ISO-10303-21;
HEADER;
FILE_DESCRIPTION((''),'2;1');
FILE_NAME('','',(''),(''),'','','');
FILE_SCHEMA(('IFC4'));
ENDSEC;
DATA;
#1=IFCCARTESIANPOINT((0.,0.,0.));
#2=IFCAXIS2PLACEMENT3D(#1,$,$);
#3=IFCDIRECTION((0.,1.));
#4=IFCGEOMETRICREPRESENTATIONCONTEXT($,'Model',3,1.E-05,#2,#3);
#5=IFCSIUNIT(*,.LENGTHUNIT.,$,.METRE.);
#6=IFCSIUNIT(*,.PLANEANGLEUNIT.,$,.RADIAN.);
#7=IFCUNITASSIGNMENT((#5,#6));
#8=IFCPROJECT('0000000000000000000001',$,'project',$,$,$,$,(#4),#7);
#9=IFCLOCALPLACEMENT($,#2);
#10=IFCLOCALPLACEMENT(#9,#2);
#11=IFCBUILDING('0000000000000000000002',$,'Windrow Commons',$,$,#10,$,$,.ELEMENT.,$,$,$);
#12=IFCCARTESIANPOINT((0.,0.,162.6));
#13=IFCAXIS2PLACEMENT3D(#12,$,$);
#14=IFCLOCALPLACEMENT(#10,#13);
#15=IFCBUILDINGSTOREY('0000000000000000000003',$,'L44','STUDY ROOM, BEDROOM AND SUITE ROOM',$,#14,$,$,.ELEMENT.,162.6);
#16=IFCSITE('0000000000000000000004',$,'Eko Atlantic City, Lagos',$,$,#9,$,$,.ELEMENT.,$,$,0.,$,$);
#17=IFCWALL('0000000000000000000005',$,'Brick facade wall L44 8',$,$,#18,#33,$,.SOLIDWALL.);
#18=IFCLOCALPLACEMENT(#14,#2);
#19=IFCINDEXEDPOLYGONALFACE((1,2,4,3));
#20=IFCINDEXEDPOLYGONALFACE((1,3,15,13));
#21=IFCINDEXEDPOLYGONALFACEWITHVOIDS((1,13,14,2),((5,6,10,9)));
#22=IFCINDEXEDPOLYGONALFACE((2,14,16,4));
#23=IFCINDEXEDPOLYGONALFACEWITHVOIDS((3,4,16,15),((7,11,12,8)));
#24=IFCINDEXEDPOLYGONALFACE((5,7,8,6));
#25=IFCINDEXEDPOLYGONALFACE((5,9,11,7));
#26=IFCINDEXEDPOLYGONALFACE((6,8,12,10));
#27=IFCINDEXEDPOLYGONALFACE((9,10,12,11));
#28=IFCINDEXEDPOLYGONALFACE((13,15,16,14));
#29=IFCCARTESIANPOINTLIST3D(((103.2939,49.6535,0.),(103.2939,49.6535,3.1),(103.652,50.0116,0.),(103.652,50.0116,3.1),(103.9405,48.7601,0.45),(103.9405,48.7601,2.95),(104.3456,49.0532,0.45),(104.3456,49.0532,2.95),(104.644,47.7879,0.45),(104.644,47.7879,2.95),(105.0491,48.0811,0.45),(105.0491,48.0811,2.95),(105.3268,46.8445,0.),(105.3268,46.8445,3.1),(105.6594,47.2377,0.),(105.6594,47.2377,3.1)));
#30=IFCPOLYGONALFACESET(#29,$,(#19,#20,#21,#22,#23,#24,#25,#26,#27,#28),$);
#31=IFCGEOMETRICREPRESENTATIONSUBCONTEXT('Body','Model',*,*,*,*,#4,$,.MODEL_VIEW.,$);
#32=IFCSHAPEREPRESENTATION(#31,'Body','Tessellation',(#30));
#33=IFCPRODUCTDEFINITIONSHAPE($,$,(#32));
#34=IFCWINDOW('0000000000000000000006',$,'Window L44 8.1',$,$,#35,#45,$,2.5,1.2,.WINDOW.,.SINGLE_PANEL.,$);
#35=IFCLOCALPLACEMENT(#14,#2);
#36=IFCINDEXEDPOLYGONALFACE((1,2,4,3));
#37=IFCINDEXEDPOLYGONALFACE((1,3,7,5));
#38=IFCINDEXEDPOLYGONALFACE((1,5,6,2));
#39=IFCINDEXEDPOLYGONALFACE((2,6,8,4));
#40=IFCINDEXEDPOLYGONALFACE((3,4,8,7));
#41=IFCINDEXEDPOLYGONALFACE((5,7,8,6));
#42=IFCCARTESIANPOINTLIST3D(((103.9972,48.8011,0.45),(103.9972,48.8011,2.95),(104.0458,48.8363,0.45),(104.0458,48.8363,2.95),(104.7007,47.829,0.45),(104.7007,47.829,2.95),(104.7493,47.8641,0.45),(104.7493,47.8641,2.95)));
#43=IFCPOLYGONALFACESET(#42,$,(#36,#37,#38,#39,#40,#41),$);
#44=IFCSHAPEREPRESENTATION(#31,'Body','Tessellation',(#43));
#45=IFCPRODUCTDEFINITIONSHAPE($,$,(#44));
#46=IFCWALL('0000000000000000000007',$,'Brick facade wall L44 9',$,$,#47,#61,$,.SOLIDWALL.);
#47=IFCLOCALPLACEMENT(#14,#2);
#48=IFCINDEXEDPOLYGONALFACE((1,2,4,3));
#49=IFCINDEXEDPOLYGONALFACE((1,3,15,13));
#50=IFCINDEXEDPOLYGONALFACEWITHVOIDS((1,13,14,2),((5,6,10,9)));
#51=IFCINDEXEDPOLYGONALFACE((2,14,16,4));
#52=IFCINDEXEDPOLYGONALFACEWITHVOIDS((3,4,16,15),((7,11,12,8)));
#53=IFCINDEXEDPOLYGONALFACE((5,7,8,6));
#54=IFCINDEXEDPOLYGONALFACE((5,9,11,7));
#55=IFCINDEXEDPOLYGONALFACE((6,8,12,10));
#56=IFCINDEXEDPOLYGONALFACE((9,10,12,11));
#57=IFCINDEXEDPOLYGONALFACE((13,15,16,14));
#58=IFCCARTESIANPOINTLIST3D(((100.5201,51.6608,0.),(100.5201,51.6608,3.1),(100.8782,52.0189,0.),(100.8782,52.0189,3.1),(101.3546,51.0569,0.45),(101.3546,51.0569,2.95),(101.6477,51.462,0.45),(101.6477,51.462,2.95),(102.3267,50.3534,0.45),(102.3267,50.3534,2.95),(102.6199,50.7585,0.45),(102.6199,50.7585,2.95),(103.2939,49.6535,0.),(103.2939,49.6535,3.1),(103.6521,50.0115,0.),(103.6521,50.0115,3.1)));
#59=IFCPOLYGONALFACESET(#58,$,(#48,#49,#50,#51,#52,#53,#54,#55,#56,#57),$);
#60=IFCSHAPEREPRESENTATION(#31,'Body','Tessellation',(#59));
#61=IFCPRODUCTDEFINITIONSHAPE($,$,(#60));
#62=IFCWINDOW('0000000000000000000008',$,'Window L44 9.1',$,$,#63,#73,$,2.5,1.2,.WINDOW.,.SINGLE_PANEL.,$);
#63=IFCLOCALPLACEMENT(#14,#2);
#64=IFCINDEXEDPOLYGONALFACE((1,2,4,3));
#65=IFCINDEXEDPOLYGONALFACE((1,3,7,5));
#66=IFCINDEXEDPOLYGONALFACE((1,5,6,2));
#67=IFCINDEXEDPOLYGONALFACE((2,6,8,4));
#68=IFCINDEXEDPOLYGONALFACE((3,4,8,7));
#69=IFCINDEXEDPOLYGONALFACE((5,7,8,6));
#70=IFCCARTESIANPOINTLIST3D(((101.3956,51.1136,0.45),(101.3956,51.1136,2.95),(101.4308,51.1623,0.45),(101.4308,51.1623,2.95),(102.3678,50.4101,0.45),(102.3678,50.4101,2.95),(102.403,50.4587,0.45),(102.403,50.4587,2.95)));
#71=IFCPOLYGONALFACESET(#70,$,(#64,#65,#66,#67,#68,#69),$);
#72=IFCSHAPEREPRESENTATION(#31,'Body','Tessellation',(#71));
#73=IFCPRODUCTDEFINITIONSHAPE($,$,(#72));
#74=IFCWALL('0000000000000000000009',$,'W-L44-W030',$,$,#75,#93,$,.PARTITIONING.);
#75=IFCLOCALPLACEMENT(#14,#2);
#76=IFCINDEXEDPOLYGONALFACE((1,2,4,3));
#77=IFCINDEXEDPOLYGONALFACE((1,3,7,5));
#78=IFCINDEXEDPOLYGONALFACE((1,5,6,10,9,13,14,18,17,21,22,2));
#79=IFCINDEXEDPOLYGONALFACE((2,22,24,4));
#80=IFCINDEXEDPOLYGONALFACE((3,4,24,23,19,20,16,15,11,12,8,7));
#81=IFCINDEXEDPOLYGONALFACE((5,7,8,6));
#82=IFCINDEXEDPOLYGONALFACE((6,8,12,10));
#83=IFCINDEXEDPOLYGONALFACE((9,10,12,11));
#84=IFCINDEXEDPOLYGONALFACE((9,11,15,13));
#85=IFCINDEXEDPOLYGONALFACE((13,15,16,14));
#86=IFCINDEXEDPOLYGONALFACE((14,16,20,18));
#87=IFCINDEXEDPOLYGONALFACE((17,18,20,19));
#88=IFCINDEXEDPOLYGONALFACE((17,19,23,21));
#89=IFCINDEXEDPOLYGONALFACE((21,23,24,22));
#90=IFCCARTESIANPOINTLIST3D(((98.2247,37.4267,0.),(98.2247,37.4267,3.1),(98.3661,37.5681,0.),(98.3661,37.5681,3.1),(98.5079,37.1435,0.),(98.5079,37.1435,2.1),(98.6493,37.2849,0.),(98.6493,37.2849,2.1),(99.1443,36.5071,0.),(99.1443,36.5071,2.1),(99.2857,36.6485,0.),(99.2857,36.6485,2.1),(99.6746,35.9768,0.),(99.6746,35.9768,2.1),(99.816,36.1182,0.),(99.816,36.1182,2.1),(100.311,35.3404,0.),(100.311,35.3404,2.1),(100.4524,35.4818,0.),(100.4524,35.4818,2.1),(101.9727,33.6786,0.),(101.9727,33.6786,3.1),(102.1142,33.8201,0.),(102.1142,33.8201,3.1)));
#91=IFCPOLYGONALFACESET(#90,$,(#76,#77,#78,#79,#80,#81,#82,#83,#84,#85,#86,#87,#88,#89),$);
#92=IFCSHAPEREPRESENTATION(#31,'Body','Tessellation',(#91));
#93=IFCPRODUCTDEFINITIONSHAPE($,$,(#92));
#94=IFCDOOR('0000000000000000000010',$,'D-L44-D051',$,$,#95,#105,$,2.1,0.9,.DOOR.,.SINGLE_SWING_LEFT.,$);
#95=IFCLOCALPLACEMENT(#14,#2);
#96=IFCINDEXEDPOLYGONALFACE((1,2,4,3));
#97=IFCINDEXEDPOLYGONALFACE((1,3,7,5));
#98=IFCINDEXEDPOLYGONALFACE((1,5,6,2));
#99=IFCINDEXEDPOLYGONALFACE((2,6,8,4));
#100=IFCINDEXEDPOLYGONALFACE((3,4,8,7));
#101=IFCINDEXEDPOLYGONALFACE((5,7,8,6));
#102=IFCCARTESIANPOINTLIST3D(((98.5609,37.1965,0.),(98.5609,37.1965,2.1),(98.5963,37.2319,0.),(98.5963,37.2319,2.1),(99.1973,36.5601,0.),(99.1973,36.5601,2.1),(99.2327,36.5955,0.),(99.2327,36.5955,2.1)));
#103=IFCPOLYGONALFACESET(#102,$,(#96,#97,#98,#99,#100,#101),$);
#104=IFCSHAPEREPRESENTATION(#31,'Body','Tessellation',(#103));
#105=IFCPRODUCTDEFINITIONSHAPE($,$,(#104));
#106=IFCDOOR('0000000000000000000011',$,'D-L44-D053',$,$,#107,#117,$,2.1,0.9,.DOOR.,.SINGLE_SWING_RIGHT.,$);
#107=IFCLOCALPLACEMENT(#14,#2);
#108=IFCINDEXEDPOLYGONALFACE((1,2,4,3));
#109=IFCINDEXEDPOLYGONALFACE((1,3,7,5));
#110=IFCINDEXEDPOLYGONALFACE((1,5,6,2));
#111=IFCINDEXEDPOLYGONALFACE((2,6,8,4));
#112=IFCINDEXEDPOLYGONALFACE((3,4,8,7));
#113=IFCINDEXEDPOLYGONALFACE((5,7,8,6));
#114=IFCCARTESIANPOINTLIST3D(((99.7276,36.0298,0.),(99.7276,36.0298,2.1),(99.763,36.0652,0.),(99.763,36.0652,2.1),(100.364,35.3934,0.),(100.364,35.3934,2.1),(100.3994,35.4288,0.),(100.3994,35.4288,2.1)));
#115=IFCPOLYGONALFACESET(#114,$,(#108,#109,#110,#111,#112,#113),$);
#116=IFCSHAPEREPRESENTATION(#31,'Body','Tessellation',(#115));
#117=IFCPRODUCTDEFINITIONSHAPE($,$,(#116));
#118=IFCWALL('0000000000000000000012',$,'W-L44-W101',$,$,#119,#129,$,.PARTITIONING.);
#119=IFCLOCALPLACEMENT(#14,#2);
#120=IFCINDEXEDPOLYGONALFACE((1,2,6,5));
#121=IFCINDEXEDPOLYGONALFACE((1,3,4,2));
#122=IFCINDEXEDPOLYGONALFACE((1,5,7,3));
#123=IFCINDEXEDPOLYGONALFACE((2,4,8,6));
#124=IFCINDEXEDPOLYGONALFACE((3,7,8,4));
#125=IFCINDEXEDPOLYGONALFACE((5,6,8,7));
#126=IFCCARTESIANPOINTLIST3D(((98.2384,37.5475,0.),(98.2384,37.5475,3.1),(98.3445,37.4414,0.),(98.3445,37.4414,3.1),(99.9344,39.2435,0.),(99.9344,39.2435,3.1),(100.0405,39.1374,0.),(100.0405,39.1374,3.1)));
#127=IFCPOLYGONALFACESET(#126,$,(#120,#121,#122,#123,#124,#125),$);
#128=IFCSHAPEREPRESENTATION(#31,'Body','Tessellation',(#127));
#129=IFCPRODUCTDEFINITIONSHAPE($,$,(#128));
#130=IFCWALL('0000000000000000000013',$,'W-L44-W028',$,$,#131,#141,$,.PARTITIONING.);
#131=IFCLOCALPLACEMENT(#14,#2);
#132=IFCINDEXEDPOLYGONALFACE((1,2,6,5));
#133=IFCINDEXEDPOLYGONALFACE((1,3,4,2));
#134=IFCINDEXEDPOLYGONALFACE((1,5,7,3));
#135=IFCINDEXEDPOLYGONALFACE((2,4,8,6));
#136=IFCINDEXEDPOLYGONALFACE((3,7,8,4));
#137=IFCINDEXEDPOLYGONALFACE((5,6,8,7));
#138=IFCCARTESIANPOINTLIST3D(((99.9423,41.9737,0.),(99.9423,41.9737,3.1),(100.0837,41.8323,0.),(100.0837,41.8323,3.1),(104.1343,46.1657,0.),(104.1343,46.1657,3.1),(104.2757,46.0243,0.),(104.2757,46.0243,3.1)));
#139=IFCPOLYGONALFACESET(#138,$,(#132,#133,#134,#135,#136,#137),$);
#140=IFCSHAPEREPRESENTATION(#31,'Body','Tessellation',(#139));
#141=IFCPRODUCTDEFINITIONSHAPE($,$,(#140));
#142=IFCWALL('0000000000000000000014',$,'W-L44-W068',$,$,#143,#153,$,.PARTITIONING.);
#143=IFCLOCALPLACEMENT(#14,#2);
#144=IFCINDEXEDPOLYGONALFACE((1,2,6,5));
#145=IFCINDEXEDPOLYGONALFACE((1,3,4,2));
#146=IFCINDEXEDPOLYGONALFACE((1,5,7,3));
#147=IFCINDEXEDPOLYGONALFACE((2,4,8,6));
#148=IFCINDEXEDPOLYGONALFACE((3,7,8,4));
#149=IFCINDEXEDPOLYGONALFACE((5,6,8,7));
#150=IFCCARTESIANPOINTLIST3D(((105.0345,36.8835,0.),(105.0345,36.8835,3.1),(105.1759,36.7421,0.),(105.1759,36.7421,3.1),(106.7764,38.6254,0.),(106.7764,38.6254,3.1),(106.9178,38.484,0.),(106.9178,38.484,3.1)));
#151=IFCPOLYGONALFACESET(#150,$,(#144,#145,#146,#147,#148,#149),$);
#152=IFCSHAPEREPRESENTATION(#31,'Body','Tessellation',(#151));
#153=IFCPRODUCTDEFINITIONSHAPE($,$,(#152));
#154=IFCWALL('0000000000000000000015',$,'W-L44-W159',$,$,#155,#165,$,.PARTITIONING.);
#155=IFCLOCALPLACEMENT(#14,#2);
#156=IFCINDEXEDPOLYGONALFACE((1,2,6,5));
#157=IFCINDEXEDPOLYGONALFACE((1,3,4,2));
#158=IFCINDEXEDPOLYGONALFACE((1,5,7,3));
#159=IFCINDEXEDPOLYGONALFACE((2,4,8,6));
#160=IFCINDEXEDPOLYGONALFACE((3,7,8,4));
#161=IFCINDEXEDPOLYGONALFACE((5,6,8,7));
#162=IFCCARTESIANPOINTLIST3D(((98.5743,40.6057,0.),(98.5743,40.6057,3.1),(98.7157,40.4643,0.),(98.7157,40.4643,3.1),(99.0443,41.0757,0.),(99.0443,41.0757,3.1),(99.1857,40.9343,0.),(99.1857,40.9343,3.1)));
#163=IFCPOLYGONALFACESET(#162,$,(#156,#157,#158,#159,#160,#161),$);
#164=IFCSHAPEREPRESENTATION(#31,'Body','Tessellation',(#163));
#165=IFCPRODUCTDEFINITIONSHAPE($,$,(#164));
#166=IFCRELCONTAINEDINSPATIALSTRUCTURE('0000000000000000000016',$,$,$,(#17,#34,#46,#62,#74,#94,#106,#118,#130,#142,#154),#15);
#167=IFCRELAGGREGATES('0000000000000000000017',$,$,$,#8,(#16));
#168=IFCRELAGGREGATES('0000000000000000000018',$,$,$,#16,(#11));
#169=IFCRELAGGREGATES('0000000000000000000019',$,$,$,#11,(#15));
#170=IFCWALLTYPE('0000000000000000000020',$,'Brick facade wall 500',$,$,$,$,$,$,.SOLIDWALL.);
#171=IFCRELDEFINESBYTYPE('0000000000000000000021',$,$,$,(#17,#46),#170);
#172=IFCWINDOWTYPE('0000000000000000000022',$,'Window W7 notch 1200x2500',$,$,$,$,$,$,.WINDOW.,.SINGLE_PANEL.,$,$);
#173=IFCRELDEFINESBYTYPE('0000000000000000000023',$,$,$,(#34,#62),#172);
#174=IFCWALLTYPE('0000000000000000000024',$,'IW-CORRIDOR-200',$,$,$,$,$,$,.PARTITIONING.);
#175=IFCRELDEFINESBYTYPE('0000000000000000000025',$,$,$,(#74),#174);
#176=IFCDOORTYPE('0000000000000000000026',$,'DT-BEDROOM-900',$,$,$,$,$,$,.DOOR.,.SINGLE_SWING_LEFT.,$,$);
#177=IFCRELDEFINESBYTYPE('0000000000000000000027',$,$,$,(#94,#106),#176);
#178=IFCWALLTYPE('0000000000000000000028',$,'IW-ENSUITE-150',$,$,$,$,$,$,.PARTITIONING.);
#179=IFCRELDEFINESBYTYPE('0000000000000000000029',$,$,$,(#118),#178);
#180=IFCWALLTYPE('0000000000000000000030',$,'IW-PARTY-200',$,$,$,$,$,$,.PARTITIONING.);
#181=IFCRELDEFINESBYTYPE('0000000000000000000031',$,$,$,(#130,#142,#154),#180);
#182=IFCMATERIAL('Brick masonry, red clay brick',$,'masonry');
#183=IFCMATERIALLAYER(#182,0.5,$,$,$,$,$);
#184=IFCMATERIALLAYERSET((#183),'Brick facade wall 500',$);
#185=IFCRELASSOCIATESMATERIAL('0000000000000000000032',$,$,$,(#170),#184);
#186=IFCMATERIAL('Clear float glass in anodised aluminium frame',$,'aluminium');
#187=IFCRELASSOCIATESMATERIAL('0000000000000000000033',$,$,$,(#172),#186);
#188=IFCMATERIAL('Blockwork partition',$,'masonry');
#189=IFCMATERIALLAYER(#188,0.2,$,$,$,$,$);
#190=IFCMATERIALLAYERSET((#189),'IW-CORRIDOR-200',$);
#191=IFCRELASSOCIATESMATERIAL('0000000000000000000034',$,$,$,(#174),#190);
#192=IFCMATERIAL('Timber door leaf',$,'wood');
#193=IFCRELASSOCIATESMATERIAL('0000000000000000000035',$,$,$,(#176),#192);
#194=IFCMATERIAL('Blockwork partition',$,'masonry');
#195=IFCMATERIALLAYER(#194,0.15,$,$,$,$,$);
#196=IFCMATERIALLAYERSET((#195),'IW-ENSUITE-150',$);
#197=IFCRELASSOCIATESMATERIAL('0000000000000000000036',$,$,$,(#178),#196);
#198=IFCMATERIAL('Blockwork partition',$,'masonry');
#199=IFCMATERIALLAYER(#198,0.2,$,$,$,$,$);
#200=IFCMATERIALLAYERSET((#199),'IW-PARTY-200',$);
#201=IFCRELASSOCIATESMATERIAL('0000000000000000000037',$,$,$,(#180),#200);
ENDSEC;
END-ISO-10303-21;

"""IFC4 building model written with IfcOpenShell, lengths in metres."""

from ifc_helpers import new_model, si_unit, direction, frame, frame_2d, origin, place, context, subcontext, project, spatial, polyline, rectangle, outline, extrude, material, layer, layer_set, type_object, element, fill, save


model = new_model("IFC4")

# Units and contexts
model_context = context("Model", 3, precision=1e-05, world=origin(), true_north=direction((0.0, 1.0)))
body_context = subcontext(model_context, "Body", "Model", "MODEL_VIEW")
ifc_project = project(units=[si_unit("LENGTHUNIT", "METRE"), si_unit("PLANEANGLEUNIT", "RADIAN")], contexts=[model_context])

# Site, building, storey
site_placement = place(None, origin())
site = spatial("IfcSite", under=ifc_project, at=site_placement, Name="Eko Atlantic City, Lagos", CompositionType="ELEMENT", RefElevation=0.0)
building_placement = place(site_placement, origin())
building = spatial("IfcBuilding", under=site, at=building_placement, Name="Windrow Commons", CompositionType="ELEMENT")
storey_placement = place(building_placement, frame((0.0, 0.0, 162.6)))
storey = spatial("IfcBuildingStorey", under=building, at=storey_placement, Name="L44", Description="STUDY ROOM, BEDROOM AND SUITE ROOM", CompositionType="ELEMENT", Elevation=162.6)

# Shared definitions
ifc_material_1 = material(Name="Brick masonry, red clay brick", Category="masonry")
ifc_layer_1 = layer(ifc_material_1, 0.5)
ifc_layer_set_1 = layer_set([ifc_layer_1], Name="Brick facade wall 500")
wall_type_1 = type_object("IfcWallType", Name="Brick facade wall 500", PredefinedType="SOLIDWALL", material=ifc_layer_set_1)

# Walls, openings, windows
ifc_material_2 = material(Name="Clear float glass in anodised aluminium frame", Category="aluminium")
window_type_1 = type_object("IfcWindowType", Name="Window W7 notch 1200x2500", PartitioningType="SINGLE_PANEL", PredefinedType="WINDOW", material=ifc_material_2)
wall_1_placement = place(storey_placement, frame((105.4931, 47.0411, 0.0), z_axis=(0.0, 0.0, 1.0), x_axis=(-0.58627, 0.810116, 0.0)))
wall_1 = element("IfcWall", 1, at=wall_1_placement, inside=storey, type_object=wall_type_1, Name="Brick facade wall L44 8", PredefinedType="SOLIDWALL", context=body_context, shape_type="SweptSolid", body=[
    extrude(outline(polyline([(0.0618, -0.25), (3.4858, -0.25), (3.4057, 0.25), (-0.0618, 0.25), (0.0618, -0.25)])), origin(), (0.0, 0.0, 1.0), 3.1),
])
opening_1_placement = place(wall_1_placement, frame((1.1028, 0.0, 0.45)))
opening_1 = element("IfcOpeningElement", 2, at=opening_1_placement, cuts=wall_1, PredefinedType="OPENING", context=body_context, shape_type="SweptSolid", body=[
    extrude(rectangle(XDim=1.2, YDim=2.5, at=frame_2d((0.6, 1.25))), frame((0.0, 0.26, 0.0), z_axis=(0.0, -1.0, 0.0), x_axis=(1.0, 0.0, 0.0)), (0.0, 0.0, 1.0), 0.52),
])
window_1_placement = place(opening_1_placement, origin())
window_1 = element("IfcWindow", 3, at=window_1_placement, inside=storey, type_object=window_type_1, Name="Window L44 8.1", OverallHeight=2.5, OverallWidth=1.2, PartitioningType="SINGLE_PANEL", PredefinedType="WINDOW", context=body_context, shape_type="SweptSolid", body=[
    extrude(rectangle(XDim=1.2, YDim=2.5, at=frame_2d((0.6, 1.25))), frame((0.0, 0.18, 0.0), z_axis=(0.0, -1.0, 0.0), x_axis=(1.0, 0.0, 0.0)), (0.0, 0.0, 1.0), 0.06),
])
fill(opening_1, window_1)
wall_2_placement = place(storey_placement, frame((103.473, 49.8325, 0.0), z_axis=(0.0, 0.0, 1.0), x_axis=(-0.810121, 0.586263, 0.0)))
wall_2 = element("IfcWall", 4, at=wall_2_placement, inside=storey, type_object=wall_type_1, Name="Brick facade wall L44 9", PredefinedType="SOLIDWALL", context=body_context, shape_type="SweptSolid", body=[
    extrude(outline(polyline([(-0.0401, -0.25), (3.3839, -0.25), (3.4641, 0.25), (0.0401, 0.25), (-0.0401, -0.25)])), origin(), (0.0, 0.0, 1.0), 3.1),
])
opening_2_placement = place(wall_2_placement, frame((1.234, 0.0, 0.45)))
opening_2 = element("IfcOpeningElement", 5, at=opening_2_placement, cuts=wall_2, PredefinedType="OPENING", context=body_context, shape_type="SweptSolid", body=[
    extrude(rectangle(XDim=1.2, YDim=2.5, at=frame_2d((0.6, 1.25))), frame((0.0, 0.26, 0.0), z_axis=(0.0, -1.0, 0.0), x_axis=(1.0, 0.0, 0.0)), (0.0, 0.0, 1.0), 0.52),
])
window_2_placement = place(opening_2_placement, origin())
window_2 = element("IfcWindow", 6, at=window_2_placement, inside=storey, type_object=window_type_1, Name="Window L44 9.1", OverallHeight=2.5, OverallWidth=1.2, PartitioningType="SINGLE_PANEL", PredefinedType="WINDOW", context=body_context, shape_type="SweptSolid", body=[
    extrude(rectangle(XDim=1.2, YDim=2.5, at=frame_2d((0.6, 1.25))), frame((0.0, 0.18, 0.0), z_axis=(0.0, -1.0, 0.0), x_axis=(1.0, 0.0, 0.0)), (0.0, 0.0, 1.0), 0.06),
])
fill(opening_2, window_2)

# Wall, openings, doors
ifc_material_3 = material(Name="Blockwork partition", Category="masonry")
ifc_layer_2 = layer(ifc_material_3, 0.2)
ifc_layer_set_2 = layer_set([ifc_layer_2], Name="IW-CORRIDOR-200")
wall_type_2 = type_object("IfcWallType", Name="IW-CORRIDOR-200", PredefinedType="PARTITIONING", material=ifc_layer_set_2)
wall_3_placement = place(storey_placement, frame((98.2954, 37.4974, 0.0), z_axis=(0.0, 0.0, 1.0), x_axis=(0.707107, -0.707107, 0.0)))
wall_3 = element("IfcWall", 7, at=wall_3_placement, inside=storey, type_object=wall_type_2, Name="W-L44-W030", PredefinedType="PARTITIONING", context=body_context, shape_type="SweptSolid", body=[
    extrude(rectangle(XDim=5.3005, YDim=0.2, at=frame_2d((2.6503, 0.0))), origin(), (0.0, 0.0, 1.0), 3.1),
])
opening_3_placement = place(wall_3_placement, frame((0.4005, 0.0, 0.0)))
opening_3 = element("IfcOpeningElement", 8, at=opening_3_placement, cuts=wall_3, PredefinedType="OPENING", context=body_context, shape_type="SweptSolid", body=[
    extrude(rectangle(XDim=0.9, YDim=2.1, at=frame_2d((0.45, 1.05))), frame((0.0, 0.11, 0.0), z_axis=(0.0, -1.0, 0.0), x_axis=(1.0, 0.0, 0.0)), (0.0, 0.0, 1.0), 0.22),
])
opening_4_placement = place(wall_3_placement, frame((2.0505, 0.0, 0.0)))
opening_4 = element("IfcOpeningElement", 9, at=opening_4_placement, cuts=wall_3, PredefinedType="OPENING", context=body_context, shape_type="SweptSolid", body=[
    extrude(rectangle(XDim=0.9, YDim=2.1, at=frame_2d((0.45, 1.05))), frame((0.0, 0.11, 0.0), z_axis=(0.0, -1.0, 0.0), x_axis=(1.0, 0.0, 0.0)), (0.0, 0.0, 1.0), 0.22),
])
ifc_material_4 = material(Name="Timber door leaf", Category="wood")
door_type = type_object("IfcDoorType", Name="DT-BEDROOM-900", OperationType="SINGLE_SWING_LEFT", PredefinedType="DOOR", material=ifc_material_4)
door_1_placement = place(opening_3_placement, origin())
door_1 = element("IfcDoor", 10, at=door_1_placement, inside=storey, type_object=door_type, Name="D-L44-D051", OperationType="SINGLE_SWING_LEFT", OverallHeight=2.1, OverallWidth=0.9, PredefinedType="DOOR", context=body_context, shape_type="SweptSolid", body=[
    extrude(rectangle(XDim=0.9, YDim=2.1, at=frame_2d((0.45, 1.05))), frame((0.0, 0.025, 0.0), z_axis=(0.0, -1.0, 0.0), x_axis=(1.0, 0.0, 0.0)), (0.0, 0.0, 1.0), 0.05),
])
fill(opening_3, door_1)
door_2_placement = place(opening_4_placement, origin())
door_2 = element("IfcDoor", 11, at=door_2_placement, inside=storey, type_object=door_type, Name="D-L44-D053", OperationType="SINGLE_SWING_RIGHT", OverallHeight=2.1, OverallWidth=0.9, PredefinedType="DOOR", context=body_context, shape_type="SweptSolid", body=[
    extrude(rectangle(XDim=0.9, YDim=2.1, at=frame_2d((0.45, 1.05))), frame((0.0, 0.025, 0.0), z_axis=(0.0, -1.0, 0.0), x_axis=(1.0, 0.0, 0.0)), (0.0, 0.0, 1.0), 0.05),
])
fill(opening_4, door_2)

# Walls
ifc_material_5 = material(Name="Blockwork partition", Category="masonry")
ifc_layer_3 = layer(ifc_material_5, 0.15)
ifc_layer_set_3 = layer_set([ifc_layer_3], Name="IW-ENSUITE-150")
wall_type_3 = type_object("IfcWallType", Name="IW-ENSUITE-150", PredefinedType="PARTITIONING", material=ifc_layer_set_3)
wall_4_placement = place(storey_placement, frame((98.2915, 37.4945, 0.0), z_axis=(0.0, 0.0, 1.0), x_axis=(0.707107, 0.707107, 0.0)))
element("IfcWall", 12, at=wall_4_placement, inside=storey, type_object=wall_type_3, Name="W-L44-W101", PredefinedType="PARTITIONING", context=body_context, shape_type="SweptSolid", body=[
    extrude(rectangle(XDim=2.3985, YDim=0.15, at=frame_2d((1.1992, 0.0))), origin(), (0.0, 0.0, 1.0), 3.1),
])
ifc_material_6 = material(Name="Blockwork partition", Category="masonry")
ifc_layer_4 = layer(ifc_material_6, 0.2)
ifc_layer_set_4 = layer_set([ifc_layer_4], Name="IW-PARTY-200")
wall_type_4 = type_object("IfcWallType", Name="IW-PARTY-200", PredefinedType="PARTITIONING", material=ifc_layer_set_4)
wall_5_placement = place(storey_placement, frame((100.013, 41.903, 0.0), z_axis=(0.0, 0.0, 1.0), x_axis=(0.707107, 0.707107, 0.0)))
element("IfcWall", 13, at=wall_5_placement, inside=storey, type_object=wall_type_4, Name="W-L44-W028", PredefinedType="PARTITIONING", context=body_context, shape_type="SweptSolid", body=[
    extrude(rectangle(XDim=5.9284, YDim=0.2, at=frame_2d((2.9642, 0.0))), origin(), (0.0, 0.0, 1.0), 3.1),
])
wall_6_placement = place(storey_placement, frame((105.1052, 36.8128, 0.0), z_axis=(0.0, 0.0, 1.0), x_axis=(0.707107, 0.707107, 0.0)))
element("IfcWall", 14, at=wall_6_placement, inside=storey, type_object=wall_type_4, Name="W-L44-W068", PredefinedType="PARTITIONING", context=body_context, shape_type="SweptSolid", body=[
    extrude(rectangle(XDim=2.4634, YDim=0.2, at=frame_2d((1.2317, 0.0))), origin(), (0.0, 0.0, 1.0), 3.1),
])
wall_7_placement = place(storey_placement, frame((98.645, 40.535, 0.0), z_axis=(0.0, 0.0, 1.0), x_axis=(0.707107, 0.707107, 0.0)))
element("IfcWall", 15, at=wall_7_placement, inside=storey, type_object=wall_type_4, Name="W-L44-W159", PredefinedType="PARTITIONING", context=body_context, shape_type="SweptSolid", body=[
    extrude(rectangle(XDim=0.6647, YDim=0.2, at=frame_2d((0.3323, 0.0))), origin(), (0.0, 0.0, 1.0), 3.1),
])

save(model, "model.ifc")
